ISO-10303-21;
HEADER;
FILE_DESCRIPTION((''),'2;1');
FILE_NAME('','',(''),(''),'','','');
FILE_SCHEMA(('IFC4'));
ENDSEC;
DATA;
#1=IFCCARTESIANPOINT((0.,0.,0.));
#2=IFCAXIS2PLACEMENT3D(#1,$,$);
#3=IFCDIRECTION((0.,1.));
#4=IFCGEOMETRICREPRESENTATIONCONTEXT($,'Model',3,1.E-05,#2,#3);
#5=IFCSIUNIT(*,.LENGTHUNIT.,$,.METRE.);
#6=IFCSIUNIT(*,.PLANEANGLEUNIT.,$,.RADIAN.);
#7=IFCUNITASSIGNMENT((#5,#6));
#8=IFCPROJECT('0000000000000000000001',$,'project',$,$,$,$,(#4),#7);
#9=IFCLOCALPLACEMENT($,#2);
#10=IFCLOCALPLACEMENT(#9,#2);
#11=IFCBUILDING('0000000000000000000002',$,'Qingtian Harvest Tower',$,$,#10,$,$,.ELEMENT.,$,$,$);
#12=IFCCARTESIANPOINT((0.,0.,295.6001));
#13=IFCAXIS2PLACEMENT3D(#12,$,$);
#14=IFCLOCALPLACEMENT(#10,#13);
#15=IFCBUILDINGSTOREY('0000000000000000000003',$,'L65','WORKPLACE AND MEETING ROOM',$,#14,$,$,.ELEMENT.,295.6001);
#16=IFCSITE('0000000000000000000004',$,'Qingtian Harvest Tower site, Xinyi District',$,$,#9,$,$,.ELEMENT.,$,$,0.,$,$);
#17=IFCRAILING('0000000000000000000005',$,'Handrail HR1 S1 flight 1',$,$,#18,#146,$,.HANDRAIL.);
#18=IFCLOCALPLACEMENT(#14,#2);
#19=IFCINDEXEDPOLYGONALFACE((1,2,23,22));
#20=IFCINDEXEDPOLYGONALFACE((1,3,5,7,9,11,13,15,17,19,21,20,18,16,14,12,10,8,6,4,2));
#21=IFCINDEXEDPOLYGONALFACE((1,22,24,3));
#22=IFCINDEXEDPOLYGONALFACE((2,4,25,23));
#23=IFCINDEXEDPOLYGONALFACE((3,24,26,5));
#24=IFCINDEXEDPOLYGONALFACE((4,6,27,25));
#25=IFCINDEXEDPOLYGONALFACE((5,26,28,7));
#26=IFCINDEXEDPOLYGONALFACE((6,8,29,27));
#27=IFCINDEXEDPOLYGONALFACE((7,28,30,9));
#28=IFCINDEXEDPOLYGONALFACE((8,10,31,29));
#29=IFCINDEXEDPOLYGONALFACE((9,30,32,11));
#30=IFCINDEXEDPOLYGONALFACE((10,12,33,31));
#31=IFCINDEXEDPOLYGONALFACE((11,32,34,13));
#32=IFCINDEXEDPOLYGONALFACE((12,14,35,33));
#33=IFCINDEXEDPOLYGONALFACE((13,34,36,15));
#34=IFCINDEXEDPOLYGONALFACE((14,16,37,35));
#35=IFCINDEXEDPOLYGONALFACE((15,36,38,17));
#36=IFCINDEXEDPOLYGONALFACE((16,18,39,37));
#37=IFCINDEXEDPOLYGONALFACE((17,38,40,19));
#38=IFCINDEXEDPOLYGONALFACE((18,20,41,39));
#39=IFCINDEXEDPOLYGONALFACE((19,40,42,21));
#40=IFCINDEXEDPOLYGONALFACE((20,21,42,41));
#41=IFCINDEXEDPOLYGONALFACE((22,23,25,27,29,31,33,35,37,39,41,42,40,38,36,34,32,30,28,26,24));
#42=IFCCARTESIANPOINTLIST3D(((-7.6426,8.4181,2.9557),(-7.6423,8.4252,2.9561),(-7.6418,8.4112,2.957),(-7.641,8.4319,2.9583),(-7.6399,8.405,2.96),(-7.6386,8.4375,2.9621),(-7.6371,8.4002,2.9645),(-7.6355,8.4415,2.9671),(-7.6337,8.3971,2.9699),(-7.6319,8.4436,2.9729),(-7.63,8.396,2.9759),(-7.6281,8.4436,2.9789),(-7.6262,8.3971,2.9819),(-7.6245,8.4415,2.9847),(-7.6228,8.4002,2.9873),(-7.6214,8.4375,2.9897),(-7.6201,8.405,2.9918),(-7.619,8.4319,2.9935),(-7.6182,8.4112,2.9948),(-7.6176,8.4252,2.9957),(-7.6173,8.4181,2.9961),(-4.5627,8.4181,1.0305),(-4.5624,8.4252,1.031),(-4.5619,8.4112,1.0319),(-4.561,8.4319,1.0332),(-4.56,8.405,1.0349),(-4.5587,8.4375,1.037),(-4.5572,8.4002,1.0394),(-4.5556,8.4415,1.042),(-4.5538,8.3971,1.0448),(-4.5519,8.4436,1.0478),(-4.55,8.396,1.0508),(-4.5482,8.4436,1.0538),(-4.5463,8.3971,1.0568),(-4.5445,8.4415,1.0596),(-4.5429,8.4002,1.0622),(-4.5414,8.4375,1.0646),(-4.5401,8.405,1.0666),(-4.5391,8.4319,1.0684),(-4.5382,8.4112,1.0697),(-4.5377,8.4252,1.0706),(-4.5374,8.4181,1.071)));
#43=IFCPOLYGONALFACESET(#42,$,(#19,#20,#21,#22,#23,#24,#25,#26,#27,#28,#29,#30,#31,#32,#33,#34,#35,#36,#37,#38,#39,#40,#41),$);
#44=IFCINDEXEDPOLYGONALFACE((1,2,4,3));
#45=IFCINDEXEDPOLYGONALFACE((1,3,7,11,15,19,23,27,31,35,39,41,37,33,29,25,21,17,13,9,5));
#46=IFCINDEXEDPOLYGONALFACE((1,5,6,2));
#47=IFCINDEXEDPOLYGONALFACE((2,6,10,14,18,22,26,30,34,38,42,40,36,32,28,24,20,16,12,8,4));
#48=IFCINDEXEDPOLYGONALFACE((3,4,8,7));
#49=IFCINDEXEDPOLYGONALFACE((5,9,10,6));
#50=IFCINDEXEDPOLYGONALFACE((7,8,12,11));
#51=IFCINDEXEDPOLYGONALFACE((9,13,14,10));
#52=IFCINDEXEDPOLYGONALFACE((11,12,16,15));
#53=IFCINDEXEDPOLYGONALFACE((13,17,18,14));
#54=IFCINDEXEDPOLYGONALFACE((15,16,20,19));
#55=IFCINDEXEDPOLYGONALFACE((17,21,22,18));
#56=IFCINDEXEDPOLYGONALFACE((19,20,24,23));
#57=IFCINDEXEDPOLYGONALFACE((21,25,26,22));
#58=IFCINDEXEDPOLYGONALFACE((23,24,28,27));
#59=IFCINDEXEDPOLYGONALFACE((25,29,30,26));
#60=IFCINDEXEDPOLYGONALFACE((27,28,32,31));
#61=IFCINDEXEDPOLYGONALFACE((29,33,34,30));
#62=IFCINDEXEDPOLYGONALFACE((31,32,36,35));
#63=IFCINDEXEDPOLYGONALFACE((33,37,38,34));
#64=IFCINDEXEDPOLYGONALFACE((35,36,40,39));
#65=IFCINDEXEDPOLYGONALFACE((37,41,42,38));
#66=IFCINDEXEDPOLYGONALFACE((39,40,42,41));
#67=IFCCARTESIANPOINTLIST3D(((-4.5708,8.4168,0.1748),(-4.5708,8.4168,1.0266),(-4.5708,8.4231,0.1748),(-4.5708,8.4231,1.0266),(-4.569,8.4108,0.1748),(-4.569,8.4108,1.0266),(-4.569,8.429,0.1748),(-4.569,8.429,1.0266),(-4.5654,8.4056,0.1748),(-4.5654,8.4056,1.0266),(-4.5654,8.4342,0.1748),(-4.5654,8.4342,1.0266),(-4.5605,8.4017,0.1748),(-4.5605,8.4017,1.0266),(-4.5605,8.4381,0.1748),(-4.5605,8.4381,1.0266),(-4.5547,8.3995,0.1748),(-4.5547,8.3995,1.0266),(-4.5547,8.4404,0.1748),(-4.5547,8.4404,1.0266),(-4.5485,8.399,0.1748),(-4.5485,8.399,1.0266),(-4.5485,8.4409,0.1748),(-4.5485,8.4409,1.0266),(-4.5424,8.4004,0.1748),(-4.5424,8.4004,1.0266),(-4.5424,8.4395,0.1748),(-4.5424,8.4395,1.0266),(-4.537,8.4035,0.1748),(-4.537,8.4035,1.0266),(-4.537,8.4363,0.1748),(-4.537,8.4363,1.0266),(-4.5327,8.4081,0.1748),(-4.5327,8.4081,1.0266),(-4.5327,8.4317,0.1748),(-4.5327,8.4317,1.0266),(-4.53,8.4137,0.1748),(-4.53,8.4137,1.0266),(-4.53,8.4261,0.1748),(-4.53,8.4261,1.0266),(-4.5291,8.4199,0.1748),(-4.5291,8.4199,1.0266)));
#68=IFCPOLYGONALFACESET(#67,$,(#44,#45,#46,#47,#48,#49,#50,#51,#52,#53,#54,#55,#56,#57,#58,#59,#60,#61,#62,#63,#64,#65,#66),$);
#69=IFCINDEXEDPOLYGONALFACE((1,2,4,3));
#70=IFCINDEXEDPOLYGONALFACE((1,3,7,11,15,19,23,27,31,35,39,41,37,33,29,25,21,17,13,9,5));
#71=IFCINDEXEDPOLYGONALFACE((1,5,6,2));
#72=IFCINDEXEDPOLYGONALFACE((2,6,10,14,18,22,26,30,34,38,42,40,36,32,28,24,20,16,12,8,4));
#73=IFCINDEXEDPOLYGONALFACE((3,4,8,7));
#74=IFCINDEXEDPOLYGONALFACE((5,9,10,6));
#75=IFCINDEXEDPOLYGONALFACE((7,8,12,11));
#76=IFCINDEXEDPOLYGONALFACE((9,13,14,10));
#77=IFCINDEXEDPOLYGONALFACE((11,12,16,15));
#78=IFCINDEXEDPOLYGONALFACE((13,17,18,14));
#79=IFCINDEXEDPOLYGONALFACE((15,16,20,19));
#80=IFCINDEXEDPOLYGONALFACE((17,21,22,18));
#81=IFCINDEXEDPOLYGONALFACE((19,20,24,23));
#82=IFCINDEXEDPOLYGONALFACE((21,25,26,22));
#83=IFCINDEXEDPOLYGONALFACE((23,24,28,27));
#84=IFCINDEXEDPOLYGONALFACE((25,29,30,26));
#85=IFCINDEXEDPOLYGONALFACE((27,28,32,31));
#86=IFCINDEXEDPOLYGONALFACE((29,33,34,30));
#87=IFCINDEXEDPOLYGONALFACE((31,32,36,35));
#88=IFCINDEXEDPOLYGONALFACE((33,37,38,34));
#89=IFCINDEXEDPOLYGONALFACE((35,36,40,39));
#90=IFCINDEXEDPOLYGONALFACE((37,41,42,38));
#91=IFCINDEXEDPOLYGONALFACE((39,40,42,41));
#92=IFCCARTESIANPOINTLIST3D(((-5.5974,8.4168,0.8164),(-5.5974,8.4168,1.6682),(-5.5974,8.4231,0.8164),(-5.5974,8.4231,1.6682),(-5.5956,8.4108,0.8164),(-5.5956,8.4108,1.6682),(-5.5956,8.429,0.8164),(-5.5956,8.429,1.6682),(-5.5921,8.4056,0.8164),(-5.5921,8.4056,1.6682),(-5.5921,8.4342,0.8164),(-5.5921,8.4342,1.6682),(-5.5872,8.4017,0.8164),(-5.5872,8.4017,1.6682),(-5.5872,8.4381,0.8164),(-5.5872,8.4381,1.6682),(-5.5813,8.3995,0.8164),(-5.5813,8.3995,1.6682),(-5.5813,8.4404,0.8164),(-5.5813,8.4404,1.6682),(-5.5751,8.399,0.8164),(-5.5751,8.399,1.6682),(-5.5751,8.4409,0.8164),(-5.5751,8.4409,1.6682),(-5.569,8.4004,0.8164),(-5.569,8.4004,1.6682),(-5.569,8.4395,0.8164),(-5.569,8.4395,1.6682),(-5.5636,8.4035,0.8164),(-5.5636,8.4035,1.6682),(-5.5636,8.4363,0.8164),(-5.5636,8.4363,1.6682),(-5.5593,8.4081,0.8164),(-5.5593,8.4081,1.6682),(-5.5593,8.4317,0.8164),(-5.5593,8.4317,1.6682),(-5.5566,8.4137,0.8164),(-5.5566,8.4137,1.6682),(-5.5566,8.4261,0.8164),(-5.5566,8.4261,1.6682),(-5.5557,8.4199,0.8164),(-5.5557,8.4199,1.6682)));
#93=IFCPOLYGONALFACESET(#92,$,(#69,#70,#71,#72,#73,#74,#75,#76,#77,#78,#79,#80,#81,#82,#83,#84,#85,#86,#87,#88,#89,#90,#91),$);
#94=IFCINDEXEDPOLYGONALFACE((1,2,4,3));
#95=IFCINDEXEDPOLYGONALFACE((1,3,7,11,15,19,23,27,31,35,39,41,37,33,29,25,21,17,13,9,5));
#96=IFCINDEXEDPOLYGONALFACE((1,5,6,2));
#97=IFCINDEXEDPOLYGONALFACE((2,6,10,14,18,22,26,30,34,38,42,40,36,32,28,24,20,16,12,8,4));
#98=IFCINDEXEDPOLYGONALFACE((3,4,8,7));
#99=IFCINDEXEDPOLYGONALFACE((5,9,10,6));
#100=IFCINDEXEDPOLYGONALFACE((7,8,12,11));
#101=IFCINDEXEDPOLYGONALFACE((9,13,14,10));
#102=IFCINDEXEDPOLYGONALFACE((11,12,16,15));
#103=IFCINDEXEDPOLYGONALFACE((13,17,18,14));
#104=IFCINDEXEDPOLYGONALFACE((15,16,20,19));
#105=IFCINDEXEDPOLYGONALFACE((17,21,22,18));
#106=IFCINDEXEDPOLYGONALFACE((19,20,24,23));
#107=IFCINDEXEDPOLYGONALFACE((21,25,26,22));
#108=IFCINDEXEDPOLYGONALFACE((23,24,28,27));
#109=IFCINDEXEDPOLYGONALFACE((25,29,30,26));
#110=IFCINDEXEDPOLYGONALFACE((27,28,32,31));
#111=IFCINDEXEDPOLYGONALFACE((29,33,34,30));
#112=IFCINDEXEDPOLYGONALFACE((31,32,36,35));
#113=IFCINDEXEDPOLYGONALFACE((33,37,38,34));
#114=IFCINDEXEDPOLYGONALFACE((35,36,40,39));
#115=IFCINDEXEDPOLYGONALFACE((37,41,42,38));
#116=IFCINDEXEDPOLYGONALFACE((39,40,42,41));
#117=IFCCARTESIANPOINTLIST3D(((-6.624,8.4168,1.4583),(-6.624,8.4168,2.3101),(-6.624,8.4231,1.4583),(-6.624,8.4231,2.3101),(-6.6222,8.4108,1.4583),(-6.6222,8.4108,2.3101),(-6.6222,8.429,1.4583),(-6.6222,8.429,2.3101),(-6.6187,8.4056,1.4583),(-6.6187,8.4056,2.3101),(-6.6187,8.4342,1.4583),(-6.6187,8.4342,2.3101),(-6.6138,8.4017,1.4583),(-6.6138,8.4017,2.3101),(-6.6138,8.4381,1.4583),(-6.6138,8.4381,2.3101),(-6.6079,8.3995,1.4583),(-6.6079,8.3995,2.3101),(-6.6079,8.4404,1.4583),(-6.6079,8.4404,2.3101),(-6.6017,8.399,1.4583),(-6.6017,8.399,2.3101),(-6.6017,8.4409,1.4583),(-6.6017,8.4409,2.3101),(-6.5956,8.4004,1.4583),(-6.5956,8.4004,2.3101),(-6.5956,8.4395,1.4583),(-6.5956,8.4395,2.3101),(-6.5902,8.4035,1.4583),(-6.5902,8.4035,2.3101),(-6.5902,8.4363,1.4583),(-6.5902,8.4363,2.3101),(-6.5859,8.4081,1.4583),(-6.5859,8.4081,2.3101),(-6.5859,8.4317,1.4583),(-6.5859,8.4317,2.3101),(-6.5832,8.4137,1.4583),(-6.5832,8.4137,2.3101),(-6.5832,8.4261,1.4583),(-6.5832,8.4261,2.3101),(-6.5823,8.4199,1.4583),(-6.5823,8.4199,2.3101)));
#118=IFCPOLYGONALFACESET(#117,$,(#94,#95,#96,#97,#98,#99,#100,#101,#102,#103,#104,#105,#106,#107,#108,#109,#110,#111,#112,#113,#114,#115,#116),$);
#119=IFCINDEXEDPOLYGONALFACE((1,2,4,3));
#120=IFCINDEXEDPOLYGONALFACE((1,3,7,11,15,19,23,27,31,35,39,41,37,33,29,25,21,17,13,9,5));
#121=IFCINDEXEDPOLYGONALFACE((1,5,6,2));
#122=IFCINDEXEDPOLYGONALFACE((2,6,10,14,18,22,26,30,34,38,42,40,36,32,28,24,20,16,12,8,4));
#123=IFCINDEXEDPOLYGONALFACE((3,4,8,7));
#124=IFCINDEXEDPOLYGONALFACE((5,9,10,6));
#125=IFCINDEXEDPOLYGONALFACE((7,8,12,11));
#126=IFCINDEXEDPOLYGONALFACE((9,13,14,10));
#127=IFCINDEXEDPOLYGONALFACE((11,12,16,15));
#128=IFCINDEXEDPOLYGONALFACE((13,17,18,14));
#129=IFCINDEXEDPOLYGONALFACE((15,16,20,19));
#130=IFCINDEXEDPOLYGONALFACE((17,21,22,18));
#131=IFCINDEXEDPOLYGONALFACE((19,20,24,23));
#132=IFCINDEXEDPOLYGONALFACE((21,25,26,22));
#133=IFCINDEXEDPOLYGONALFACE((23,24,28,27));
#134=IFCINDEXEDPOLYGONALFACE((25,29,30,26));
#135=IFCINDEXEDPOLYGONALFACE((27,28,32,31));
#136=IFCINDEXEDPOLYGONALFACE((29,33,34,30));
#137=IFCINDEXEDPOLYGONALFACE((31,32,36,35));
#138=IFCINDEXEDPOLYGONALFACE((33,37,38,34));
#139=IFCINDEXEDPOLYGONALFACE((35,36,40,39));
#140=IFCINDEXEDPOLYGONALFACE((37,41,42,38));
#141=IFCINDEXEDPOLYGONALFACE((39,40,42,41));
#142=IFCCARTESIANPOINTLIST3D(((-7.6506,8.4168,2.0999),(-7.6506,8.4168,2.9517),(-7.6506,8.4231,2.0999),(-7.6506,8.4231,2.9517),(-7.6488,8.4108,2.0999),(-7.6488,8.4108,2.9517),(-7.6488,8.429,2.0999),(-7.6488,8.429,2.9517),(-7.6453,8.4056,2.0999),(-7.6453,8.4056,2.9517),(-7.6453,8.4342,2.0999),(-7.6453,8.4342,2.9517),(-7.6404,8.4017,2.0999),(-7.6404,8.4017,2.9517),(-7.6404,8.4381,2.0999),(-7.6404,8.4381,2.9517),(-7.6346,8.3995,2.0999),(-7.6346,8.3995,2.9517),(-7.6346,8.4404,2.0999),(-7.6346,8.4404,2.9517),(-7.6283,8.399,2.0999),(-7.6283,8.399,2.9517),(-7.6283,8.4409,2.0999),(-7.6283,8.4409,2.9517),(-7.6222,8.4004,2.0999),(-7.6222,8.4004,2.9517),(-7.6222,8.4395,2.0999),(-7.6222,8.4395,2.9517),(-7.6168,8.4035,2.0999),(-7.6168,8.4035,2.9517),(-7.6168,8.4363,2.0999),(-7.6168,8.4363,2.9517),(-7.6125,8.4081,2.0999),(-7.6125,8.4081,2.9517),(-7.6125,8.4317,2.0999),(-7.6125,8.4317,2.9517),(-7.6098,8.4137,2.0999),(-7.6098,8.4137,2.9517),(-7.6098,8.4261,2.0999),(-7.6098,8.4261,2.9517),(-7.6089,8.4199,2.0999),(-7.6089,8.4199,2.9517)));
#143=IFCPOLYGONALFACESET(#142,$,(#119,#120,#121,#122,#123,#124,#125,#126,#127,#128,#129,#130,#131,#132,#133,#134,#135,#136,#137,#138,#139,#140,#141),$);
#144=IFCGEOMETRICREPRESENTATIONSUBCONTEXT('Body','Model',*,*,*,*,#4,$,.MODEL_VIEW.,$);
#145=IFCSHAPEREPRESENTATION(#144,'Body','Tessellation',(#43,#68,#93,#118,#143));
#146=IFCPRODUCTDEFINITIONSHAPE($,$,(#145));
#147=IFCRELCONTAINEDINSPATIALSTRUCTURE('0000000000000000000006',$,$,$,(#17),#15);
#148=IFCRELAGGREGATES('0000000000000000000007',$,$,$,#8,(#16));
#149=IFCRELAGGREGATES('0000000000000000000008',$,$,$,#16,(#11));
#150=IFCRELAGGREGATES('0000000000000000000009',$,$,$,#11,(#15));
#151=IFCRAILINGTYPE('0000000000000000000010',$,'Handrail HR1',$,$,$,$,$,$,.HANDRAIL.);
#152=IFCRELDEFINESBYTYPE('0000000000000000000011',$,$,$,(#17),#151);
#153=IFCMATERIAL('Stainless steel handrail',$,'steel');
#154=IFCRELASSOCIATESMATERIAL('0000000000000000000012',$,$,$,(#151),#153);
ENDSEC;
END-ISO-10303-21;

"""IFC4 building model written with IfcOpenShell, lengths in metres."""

from ifc_helpers import new_model, si_unit, direction, frame, origin, origin_2d, place, context, subcontext, project, spatial, circle, extrude, material, type_object, element, save


model = new_model("IFC4")

# Units and contexts
model_context = context("Model", 3, precision=1e-05, world=origin(), true_north=direction((0.0, 1.0)))
body_context = subcontext(model_context, "Body", "Model", "MODEL_VIEW")
ifc_project = project(units=[si_unit("LENGTHUNIT", "METRE"), si_unit("PLANEANGLEUNIT", "RADIAN")], contexts=[model_context])

# Site, building, storey
site_placement = place(None, origin())
site = spatial("IfcSite", under=ifc_project, at=site_placement, Name="Qingtian Harvest Tower site, Xinyi District", CompositionType="ELEMENT", RefElevation=0.0)
building_placement = place(site_placement, origin())
building = spatial("IfcBuilding", under=site, at=building_placement, Name="Qingtian Harvest Tower", CompositionType="ELEMENT")
storey_placement = place(building_placement, frame((0.0, 0.0, 295.6001)))
storey = spatial("IfcBuildingStorey", under=building, at=storey_placement, Name="L65", Description="WORKPLACE AND MEETING ROOM", CompositionType="ELEMENT", Elevation=295.6001)

# Railing
ifc_material_1 = material(Name="Stainless steel handrail", Category="steel")
railing_type = type_object("IfcRailingType", Name="Handrail HR1", PredefinedType="HANDRAIL", material=ifc_material_1)
railing_placement = place(storey_placement, frame((-4.55, 8.4199, 0.1748)))
element("IfcRailing", 1, at=railing_placement, inside=storey, type_object=railing_type, Name="Handrail HR1 S1 flight 1", PredefinedType="HANDRAIL", context=body_context, shape_type="SweptSolid", body=[
    extrude(circle(Radius=0.0239, at=origin_2d()), frame((0.0, 0.0, 0.876), z_axis=(-0.847979, 0.0, 0.530029), x_axis=(0.0, -1.0, 0.0)), (0.0, 0.0, 1.0), 3.6321),
    extrude(circle(Radius=0.021, at=origin_2d()), origin(), (0.0, 0.0, 1.0), 0.8518),
    extrude(circle(Radius=0.021, at=origin_2d()), frame((-1.0266, 0.0, 0.6416)), (0.0, 0.0, 1.0), 0.8518),
    extrude(circle(Radius=0.021, at=origin_2d()), frame((-2.0532, 0.0, 1.2834)), (0.0, 0.0, 1.0), 0.8518),
    extrude(circle(Radius=0.021, at=origin_2d()), frame((-3.0798, 0.0, 1.925)), (0.0, 0.0, 1.0), 0.8518),
])

save(model, "model.ifc")
